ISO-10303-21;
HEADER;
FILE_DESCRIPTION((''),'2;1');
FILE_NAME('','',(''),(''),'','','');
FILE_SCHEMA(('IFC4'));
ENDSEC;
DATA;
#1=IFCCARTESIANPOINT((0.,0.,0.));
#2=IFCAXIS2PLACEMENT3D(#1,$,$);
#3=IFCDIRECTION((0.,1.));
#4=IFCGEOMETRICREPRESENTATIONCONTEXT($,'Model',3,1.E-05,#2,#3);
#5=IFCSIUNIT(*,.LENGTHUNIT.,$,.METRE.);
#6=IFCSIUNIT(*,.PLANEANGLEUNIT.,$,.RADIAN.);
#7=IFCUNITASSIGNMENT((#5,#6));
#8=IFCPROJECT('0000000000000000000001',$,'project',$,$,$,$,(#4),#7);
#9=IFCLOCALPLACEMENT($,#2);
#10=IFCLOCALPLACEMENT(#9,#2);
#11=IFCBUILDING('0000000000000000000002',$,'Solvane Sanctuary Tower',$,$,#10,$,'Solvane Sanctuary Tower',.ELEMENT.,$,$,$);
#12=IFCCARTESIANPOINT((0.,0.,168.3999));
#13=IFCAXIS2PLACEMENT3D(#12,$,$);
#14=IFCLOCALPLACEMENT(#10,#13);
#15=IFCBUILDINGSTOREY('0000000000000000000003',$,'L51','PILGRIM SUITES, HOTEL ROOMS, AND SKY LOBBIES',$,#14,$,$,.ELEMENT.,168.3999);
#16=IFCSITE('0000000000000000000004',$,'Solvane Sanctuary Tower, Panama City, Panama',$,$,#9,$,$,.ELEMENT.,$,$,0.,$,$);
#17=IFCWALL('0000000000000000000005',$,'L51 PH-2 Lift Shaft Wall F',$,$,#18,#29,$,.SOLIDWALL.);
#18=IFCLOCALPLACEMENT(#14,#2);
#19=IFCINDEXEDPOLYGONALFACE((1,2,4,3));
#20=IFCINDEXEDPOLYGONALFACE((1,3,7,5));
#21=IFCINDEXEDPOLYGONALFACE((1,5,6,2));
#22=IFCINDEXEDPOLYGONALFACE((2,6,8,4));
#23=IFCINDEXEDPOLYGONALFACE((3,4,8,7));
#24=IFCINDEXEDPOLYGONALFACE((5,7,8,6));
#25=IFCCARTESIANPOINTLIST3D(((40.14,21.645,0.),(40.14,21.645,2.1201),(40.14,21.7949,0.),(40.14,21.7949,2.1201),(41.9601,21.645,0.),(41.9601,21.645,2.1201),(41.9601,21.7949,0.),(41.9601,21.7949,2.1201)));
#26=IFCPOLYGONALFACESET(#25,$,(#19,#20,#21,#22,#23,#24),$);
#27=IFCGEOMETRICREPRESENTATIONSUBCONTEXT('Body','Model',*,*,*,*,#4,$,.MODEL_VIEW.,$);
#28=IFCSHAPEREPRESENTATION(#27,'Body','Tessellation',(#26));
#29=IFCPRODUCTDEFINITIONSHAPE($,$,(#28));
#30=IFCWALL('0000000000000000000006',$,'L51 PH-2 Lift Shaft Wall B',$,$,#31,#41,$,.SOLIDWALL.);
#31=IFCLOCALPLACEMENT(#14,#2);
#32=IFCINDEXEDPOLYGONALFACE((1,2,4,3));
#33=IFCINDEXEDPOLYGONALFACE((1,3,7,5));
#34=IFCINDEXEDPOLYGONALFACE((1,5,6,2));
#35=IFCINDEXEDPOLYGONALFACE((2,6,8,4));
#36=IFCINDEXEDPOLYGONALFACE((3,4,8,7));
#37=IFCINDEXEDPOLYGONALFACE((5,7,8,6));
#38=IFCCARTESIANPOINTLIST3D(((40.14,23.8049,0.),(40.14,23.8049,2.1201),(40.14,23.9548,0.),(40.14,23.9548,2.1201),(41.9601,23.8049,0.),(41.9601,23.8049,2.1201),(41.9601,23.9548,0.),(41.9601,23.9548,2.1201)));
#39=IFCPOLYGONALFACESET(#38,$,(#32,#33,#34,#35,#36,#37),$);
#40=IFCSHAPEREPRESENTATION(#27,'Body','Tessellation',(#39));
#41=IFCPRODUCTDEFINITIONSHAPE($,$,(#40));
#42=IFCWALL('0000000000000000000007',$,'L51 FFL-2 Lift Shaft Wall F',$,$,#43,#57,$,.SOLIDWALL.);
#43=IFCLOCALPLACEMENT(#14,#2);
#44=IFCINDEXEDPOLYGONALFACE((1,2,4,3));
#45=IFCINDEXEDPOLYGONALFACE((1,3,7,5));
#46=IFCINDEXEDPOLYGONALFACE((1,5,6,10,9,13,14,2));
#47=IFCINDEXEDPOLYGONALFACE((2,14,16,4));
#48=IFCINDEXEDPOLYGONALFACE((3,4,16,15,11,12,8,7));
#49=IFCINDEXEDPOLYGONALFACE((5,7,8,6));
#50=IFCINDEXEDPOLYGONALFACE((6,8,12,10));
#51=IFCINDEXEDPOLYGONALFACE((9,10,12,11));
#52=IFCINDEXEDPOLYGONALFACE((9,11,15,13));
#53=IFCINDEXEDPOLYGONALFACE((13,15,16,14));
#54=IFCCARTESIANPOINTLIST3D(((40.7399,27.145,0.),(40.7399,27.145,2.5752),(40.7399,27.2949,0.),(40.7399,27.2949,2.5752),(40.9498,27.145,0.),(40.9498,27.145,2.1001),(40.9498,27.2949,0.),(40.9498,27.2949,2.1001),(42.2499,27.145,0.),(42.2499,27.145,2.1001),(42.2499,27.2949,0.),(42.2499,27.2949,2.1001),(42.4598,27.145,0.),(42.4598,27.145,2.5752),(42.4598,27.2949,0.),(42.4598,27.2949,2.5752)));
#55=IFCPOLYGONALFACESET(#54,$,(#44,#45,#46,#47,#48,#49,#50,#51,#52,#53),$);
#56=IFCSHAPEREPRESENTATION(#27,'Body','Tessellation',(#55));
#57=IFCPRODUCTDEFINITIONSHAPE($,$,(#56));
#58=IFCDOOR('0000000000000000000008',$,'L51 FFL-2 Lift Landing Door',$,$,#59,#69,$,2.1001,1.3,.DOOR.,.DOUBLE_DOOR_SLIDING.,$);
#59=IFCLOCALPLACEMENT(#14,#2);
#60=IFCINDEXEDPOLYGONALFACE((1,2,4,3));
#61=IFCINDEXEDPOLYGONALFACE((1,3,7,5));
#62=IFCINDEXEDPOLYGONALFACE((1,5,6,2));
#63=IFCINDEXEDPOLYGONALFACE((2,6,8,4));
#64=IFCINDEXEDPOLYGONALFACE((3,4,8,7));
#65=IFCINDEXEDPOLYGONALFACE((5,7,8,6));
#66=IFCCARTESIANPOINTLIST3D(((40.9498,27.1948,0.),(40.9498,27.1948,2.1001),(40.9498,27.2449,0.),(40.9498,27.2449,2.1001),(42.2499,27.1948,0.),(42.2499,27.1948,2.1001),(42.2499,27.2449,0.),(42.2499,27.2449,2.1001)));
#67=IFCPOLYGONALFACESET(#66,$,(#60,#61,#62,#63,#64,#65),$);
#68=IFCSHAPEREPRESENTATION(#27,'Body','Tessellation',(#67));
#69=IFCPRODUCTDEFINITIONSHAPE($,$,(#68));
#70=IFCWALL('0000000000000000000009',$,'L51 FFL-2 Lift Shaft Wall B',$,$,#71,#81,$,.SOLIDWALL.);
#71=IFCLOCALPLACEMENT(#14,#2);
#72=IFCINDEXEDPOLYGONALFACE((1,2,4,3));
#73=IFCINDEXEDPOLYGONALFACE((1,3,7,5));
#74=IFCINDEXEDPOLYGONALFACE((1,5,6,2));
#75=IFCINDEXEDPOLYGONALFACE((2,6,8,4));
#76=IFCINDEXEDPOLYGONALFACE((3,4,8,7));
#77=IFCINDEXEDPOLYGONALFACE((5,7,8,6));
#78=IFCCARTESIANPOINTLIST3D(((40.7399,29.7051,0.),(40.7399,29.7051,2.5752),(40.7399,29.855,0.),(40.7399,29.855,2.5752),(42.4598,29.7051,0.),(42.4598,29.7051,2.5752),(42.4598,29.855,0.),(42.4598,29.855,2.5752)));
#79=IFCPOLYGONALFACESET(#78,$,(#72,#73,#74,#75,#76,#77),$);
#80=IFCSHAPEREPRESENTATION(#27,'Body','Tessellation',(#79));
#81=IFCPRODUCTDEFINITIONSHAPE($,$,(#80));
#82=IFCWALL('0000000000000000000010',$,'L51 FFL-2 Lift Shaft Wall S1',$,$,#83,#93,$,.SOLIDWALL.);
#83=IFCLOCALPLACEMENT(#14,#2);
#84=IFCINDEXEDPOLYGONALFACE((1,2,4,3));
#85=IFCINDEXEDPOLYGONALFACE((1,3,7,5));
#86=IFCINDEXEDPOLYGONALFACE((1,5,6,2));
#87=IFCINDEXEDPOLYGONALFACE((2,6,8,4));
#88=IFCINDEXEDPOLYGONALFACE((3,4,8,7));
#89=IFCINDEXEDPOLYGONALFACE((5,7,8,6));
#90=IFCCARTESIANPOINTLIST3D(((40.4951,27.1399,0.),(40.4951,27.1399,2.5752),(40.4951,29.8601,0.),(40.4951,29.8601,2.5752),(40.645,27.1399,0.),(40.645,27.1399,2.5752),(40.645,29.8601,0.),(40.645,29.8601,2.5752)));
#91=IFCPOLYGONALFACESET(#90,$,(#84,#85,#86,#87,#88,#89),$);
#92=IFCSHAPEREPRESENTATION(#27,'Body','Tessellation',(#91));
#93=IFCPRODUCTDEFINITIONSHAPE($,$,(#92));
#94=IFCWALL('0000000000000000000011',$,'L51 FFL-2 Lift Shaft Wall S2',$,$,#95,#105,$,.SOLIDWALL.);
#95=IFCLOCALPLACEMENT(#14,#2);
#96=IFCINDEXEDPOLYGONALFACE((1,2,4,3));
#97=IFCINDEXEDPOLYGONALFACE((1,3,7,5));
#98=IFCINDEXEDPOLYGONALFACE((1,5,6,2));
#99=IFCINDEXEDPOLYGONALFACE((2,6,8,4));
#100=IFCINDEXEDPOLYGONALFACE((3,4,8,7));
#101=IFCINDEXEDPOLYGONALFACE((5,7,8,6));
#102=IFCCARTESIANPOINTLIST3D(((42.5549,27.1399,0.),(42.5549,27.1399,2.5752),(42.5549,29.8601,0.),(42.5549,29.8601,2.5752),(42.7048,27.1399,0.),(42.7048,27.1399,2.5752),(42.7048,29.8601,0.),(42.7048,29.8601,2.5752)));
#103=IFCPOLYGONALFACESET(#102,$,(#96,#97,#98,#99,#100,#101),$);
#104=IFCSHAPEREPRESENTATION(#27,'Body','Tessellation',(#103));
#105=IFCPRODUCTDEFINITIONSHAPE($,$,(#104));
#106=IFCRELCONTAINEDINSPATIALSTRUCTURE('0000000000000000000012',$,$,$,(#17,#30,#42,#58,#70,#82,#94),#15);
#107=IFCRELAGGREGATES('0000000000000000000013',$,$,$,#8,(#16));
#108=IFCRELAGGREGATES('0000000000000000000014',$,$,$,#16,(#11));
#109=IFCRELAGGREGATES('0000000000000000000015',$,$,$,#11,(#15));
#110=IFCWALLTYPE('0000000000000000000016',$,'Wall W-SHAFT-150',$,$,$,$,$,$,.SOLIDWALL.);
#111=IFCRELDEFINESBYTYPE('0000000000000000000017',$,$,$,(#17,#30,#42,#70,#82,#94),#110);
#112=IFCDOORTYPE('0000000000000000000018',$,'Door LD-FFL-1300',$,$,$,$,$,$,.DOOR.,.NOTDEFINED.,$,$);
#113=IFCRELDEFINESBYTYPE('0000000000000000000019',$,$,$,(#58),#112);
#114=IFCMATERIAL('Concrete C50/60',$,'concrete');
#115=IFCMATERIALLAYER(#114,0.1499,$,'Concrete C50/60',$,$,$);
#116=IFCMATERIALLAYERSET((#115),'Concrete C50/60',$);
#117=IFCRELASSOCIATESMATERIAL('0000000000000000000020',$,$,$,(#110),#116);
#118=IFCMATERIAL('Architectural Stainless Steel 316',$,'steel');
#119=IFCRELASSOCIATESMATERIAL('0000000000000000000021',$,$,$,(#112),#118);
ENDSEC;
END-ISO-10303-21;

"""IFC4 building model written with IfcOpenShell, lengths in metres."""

from ifc_helpers import new_model, si_unit, direction, frame, frame_2d, origin, place, context, subcontext, project, spatial, rectangle, extrude, material, layer, layer_set, type_object, element, fill, save


model = new_model("IFC4")

# Units and contexts
model_context = context("Model", 3, precision=1e-05, world=origin(), true_north=direction((0.0, 1.0)))
body_context = subcontext(model_context, "Body", "Model", "MODEL_VIEW")
ifc_project = project(units=[si_unit("LENGTHUNIT", "METRE"), si_unit("PLANEANGLEUNIT", "RADIAN")], contexts=[model_context])

# Site, building, storey
site_placement = place(None, origin())
site = spatial("IfcSite", under=ifc_project, at=site_placement, Name="Solvane Sanctuary Tower, Panama City, Panama", CompositionType="ELEMENT", RefElevation=0.0)
building_placement = place(site_placement, origin())
building = spatial("IfcBuilding", under=site, at=building_placement, Name="Solvane Sanctuary Tower", LongName="Solvane Sanctuary Tower", CompositionType="ELEMENT")
storey_placement = place(building_placement, frame((0.0, 0.0, 168.3999)))
storey = spatial("IfcBuildingStorey", under=building, at=storey_placement, Name="L51", Description="PILGRIM SUITES, HOTEL ROOMS, AND SKY LOBBIES", CompositionType="ELEMENT", Elevation=168.3999)

# Shared definitions
ifc_material_1 = material(Name="Architectural Stainless Steel 316", Category="steel")

# Shared definitions
ifc_material_2 = material(Name="Concrete C50/60", Category="concrete")
ifc_layer_1 = layer(ifc_material_2, 0.1499, Name="Concrete C50/60")
ifc_layer_set_1 = layer_set([ifc_layer_1], Name="Concrete C50/60")
wall_type_1 = type_object("IfcWallType", Name="Wall W-SHAFT-150", PredefinedType="SOLIDWALL", material=ifc_layer_set_1)

# Walls
for number, where, z_axis, x_axis, name in (
    (1, (40.1399, 21.72, 0.0), (0.0, 0.0, 1.0), (1.0, 0.0, 0.0), "L51 PH-2 Lift Shaft Wall F"),
    (2, (40.1399, 23.8799, 0.0), (0.0, 0.0, 1.0), (1.0, 0.0, 0.0), "L51 PH-2 Lift Shaft Wall B"),
):
    element("IfcWall", number, at=place(storey_placement, frame(where, z_axis=z_axis, x_axis=x_axis)), inside=storey, type_object=wall_type_1, Name=name, PredefinedType="SOLIDWALL", context=body_context, shape_type="SweptSolid", body=[
        extrude(rectangle(XDim=1.8201, YDim=0.1499, at=frame_2d((0.9102, 0.0))), origin(), (0.0, 0.0, 1.0), 2.1201),
    ])

# Wall, opening, door
wall_1_placement = place(storey_placement, frame((40.74, 27.22, 0.0), z_axis=(0.0, 0.0, 1.0), x_axis=(1.0, 0.0, 0.0)))
wall_1 = element("IfcWall", 3, at=wall_1_placement, inside=storey, type_object=wall_type_1, Name="L51 FFL-2 Lift Shaft Wall F", PredefinedType="SOLIDWALL", context=body_context, shape_type="SweptSolid", body=[
    extrude(rectangle(XDim=1.72, YDim=0.1499, at=frame_2d((0.8599, 0.0))), origin(), (0.0, 0.0, 1.0), 2.5752),
])
opening_1_placement = place(wall_1_placement, frame((0.21, 0.0, 0.0)))
opening_1 = element("IfcOpeningElement", 4, at=opening_1_placement, cuts=wall_1, PredefinedType="OPENING", context=body_context, shape_type="SweptSolid", body=[
    extrude(rectangle(XDim=1.3, YDim=2.1001, at=frame_2d((0.6499, 1.05))), frame((0.0, 0.085, 0.0), z_axis=(0.0, -1.0, 0.0), x_axis=(1.0, 0.0, 0.0)), (0.0, 0.0, 1.0), 0.1699),
])
door_type_1 = type_object("IfcDoorType", Name="Door LD-FFL-1300", OperationType="NOTDEFINED", PredefinedType="DOOR", material=ifc_material_1)
door_1_placement = place(opening_1_placement, origin())
door_1 = element("IfcDoor", 5, at=door_1_placement, inside=storey, type_object=door_type_1, Name="L51 FFL-2 Lift Landing Door", OperationType="DOUBLE_DOOR_SLIDING", OverallHeight=2.1001, OverallWidth=1.3, PredefinedType="DOOR", context=body_context, shape_type="SweptSolid", body=[
    extrude(rectangle(XDim=1.3, YDim=2.1001, at=frame_2d((0.6499, 1.05))), frame((0.0, 0.0249, 0.0), z_axis=(0.0, -1.0, 0.0), x_axis=(1.0, 0.0, 0.0)), (0.0, 0.0, 1.0), 0.05),
])
fill(opening_1, door_1)

# Walls
wall_2_placement = place(storey_placement, frame((40.74, 29.78, 0.0), z_axis=(0.0, 0.0, 1.0), x_axis=(1.0, 0.0, 0.0)))
element("IfcWall", 6, at=wall_2_placement, inside=storey, type_object=wall_type_1, Name="L51 FFL-2 Lift Shaft Wall B", PredefinedType="SOLIDWALL", context=body_context, shape_type="SweptSolid", body=[
    extrude(rectangle(XDim=1.72, YDim=0.1499, at=frame_2d((0.8599, 0.0))), origin(), (0.0, 0.0, 1.0), 2.5752),
])
for number, where, z_axis, x_axis, name in (
    (7, (40.5701, 27.1399, 0.0), (0.0, 0.0, 1.0), (0.0, 1.0, 0.0), "L51 FFL-2 Lift Shaft Wall S1"),
    (8, (42.6299, 27.1399, 0.0), (0.0, 0.0, 1.0), (0.0, 1.0, 0.0), "L51 FFL-2 Lift Shaft Wall S2"),
):
    element("IfcWall", number, at=place(storey_placement, frame(where, z_axis=z_axis, x_axis=x_axis)), inside=storey, type_object=wall_type_1, Name=name, PredefinedType="SOLIDWALL", context=body_context, shape_type="SweptSolid", body=[
        extrude(rectangle(XDim=2.7202, YDim=0.1499, at=frame_2d((1.3601, 0.0))), origin(), (0.0, 0.0, 1.0), 2.5752),
    ])

save(model, "model.ifc")
